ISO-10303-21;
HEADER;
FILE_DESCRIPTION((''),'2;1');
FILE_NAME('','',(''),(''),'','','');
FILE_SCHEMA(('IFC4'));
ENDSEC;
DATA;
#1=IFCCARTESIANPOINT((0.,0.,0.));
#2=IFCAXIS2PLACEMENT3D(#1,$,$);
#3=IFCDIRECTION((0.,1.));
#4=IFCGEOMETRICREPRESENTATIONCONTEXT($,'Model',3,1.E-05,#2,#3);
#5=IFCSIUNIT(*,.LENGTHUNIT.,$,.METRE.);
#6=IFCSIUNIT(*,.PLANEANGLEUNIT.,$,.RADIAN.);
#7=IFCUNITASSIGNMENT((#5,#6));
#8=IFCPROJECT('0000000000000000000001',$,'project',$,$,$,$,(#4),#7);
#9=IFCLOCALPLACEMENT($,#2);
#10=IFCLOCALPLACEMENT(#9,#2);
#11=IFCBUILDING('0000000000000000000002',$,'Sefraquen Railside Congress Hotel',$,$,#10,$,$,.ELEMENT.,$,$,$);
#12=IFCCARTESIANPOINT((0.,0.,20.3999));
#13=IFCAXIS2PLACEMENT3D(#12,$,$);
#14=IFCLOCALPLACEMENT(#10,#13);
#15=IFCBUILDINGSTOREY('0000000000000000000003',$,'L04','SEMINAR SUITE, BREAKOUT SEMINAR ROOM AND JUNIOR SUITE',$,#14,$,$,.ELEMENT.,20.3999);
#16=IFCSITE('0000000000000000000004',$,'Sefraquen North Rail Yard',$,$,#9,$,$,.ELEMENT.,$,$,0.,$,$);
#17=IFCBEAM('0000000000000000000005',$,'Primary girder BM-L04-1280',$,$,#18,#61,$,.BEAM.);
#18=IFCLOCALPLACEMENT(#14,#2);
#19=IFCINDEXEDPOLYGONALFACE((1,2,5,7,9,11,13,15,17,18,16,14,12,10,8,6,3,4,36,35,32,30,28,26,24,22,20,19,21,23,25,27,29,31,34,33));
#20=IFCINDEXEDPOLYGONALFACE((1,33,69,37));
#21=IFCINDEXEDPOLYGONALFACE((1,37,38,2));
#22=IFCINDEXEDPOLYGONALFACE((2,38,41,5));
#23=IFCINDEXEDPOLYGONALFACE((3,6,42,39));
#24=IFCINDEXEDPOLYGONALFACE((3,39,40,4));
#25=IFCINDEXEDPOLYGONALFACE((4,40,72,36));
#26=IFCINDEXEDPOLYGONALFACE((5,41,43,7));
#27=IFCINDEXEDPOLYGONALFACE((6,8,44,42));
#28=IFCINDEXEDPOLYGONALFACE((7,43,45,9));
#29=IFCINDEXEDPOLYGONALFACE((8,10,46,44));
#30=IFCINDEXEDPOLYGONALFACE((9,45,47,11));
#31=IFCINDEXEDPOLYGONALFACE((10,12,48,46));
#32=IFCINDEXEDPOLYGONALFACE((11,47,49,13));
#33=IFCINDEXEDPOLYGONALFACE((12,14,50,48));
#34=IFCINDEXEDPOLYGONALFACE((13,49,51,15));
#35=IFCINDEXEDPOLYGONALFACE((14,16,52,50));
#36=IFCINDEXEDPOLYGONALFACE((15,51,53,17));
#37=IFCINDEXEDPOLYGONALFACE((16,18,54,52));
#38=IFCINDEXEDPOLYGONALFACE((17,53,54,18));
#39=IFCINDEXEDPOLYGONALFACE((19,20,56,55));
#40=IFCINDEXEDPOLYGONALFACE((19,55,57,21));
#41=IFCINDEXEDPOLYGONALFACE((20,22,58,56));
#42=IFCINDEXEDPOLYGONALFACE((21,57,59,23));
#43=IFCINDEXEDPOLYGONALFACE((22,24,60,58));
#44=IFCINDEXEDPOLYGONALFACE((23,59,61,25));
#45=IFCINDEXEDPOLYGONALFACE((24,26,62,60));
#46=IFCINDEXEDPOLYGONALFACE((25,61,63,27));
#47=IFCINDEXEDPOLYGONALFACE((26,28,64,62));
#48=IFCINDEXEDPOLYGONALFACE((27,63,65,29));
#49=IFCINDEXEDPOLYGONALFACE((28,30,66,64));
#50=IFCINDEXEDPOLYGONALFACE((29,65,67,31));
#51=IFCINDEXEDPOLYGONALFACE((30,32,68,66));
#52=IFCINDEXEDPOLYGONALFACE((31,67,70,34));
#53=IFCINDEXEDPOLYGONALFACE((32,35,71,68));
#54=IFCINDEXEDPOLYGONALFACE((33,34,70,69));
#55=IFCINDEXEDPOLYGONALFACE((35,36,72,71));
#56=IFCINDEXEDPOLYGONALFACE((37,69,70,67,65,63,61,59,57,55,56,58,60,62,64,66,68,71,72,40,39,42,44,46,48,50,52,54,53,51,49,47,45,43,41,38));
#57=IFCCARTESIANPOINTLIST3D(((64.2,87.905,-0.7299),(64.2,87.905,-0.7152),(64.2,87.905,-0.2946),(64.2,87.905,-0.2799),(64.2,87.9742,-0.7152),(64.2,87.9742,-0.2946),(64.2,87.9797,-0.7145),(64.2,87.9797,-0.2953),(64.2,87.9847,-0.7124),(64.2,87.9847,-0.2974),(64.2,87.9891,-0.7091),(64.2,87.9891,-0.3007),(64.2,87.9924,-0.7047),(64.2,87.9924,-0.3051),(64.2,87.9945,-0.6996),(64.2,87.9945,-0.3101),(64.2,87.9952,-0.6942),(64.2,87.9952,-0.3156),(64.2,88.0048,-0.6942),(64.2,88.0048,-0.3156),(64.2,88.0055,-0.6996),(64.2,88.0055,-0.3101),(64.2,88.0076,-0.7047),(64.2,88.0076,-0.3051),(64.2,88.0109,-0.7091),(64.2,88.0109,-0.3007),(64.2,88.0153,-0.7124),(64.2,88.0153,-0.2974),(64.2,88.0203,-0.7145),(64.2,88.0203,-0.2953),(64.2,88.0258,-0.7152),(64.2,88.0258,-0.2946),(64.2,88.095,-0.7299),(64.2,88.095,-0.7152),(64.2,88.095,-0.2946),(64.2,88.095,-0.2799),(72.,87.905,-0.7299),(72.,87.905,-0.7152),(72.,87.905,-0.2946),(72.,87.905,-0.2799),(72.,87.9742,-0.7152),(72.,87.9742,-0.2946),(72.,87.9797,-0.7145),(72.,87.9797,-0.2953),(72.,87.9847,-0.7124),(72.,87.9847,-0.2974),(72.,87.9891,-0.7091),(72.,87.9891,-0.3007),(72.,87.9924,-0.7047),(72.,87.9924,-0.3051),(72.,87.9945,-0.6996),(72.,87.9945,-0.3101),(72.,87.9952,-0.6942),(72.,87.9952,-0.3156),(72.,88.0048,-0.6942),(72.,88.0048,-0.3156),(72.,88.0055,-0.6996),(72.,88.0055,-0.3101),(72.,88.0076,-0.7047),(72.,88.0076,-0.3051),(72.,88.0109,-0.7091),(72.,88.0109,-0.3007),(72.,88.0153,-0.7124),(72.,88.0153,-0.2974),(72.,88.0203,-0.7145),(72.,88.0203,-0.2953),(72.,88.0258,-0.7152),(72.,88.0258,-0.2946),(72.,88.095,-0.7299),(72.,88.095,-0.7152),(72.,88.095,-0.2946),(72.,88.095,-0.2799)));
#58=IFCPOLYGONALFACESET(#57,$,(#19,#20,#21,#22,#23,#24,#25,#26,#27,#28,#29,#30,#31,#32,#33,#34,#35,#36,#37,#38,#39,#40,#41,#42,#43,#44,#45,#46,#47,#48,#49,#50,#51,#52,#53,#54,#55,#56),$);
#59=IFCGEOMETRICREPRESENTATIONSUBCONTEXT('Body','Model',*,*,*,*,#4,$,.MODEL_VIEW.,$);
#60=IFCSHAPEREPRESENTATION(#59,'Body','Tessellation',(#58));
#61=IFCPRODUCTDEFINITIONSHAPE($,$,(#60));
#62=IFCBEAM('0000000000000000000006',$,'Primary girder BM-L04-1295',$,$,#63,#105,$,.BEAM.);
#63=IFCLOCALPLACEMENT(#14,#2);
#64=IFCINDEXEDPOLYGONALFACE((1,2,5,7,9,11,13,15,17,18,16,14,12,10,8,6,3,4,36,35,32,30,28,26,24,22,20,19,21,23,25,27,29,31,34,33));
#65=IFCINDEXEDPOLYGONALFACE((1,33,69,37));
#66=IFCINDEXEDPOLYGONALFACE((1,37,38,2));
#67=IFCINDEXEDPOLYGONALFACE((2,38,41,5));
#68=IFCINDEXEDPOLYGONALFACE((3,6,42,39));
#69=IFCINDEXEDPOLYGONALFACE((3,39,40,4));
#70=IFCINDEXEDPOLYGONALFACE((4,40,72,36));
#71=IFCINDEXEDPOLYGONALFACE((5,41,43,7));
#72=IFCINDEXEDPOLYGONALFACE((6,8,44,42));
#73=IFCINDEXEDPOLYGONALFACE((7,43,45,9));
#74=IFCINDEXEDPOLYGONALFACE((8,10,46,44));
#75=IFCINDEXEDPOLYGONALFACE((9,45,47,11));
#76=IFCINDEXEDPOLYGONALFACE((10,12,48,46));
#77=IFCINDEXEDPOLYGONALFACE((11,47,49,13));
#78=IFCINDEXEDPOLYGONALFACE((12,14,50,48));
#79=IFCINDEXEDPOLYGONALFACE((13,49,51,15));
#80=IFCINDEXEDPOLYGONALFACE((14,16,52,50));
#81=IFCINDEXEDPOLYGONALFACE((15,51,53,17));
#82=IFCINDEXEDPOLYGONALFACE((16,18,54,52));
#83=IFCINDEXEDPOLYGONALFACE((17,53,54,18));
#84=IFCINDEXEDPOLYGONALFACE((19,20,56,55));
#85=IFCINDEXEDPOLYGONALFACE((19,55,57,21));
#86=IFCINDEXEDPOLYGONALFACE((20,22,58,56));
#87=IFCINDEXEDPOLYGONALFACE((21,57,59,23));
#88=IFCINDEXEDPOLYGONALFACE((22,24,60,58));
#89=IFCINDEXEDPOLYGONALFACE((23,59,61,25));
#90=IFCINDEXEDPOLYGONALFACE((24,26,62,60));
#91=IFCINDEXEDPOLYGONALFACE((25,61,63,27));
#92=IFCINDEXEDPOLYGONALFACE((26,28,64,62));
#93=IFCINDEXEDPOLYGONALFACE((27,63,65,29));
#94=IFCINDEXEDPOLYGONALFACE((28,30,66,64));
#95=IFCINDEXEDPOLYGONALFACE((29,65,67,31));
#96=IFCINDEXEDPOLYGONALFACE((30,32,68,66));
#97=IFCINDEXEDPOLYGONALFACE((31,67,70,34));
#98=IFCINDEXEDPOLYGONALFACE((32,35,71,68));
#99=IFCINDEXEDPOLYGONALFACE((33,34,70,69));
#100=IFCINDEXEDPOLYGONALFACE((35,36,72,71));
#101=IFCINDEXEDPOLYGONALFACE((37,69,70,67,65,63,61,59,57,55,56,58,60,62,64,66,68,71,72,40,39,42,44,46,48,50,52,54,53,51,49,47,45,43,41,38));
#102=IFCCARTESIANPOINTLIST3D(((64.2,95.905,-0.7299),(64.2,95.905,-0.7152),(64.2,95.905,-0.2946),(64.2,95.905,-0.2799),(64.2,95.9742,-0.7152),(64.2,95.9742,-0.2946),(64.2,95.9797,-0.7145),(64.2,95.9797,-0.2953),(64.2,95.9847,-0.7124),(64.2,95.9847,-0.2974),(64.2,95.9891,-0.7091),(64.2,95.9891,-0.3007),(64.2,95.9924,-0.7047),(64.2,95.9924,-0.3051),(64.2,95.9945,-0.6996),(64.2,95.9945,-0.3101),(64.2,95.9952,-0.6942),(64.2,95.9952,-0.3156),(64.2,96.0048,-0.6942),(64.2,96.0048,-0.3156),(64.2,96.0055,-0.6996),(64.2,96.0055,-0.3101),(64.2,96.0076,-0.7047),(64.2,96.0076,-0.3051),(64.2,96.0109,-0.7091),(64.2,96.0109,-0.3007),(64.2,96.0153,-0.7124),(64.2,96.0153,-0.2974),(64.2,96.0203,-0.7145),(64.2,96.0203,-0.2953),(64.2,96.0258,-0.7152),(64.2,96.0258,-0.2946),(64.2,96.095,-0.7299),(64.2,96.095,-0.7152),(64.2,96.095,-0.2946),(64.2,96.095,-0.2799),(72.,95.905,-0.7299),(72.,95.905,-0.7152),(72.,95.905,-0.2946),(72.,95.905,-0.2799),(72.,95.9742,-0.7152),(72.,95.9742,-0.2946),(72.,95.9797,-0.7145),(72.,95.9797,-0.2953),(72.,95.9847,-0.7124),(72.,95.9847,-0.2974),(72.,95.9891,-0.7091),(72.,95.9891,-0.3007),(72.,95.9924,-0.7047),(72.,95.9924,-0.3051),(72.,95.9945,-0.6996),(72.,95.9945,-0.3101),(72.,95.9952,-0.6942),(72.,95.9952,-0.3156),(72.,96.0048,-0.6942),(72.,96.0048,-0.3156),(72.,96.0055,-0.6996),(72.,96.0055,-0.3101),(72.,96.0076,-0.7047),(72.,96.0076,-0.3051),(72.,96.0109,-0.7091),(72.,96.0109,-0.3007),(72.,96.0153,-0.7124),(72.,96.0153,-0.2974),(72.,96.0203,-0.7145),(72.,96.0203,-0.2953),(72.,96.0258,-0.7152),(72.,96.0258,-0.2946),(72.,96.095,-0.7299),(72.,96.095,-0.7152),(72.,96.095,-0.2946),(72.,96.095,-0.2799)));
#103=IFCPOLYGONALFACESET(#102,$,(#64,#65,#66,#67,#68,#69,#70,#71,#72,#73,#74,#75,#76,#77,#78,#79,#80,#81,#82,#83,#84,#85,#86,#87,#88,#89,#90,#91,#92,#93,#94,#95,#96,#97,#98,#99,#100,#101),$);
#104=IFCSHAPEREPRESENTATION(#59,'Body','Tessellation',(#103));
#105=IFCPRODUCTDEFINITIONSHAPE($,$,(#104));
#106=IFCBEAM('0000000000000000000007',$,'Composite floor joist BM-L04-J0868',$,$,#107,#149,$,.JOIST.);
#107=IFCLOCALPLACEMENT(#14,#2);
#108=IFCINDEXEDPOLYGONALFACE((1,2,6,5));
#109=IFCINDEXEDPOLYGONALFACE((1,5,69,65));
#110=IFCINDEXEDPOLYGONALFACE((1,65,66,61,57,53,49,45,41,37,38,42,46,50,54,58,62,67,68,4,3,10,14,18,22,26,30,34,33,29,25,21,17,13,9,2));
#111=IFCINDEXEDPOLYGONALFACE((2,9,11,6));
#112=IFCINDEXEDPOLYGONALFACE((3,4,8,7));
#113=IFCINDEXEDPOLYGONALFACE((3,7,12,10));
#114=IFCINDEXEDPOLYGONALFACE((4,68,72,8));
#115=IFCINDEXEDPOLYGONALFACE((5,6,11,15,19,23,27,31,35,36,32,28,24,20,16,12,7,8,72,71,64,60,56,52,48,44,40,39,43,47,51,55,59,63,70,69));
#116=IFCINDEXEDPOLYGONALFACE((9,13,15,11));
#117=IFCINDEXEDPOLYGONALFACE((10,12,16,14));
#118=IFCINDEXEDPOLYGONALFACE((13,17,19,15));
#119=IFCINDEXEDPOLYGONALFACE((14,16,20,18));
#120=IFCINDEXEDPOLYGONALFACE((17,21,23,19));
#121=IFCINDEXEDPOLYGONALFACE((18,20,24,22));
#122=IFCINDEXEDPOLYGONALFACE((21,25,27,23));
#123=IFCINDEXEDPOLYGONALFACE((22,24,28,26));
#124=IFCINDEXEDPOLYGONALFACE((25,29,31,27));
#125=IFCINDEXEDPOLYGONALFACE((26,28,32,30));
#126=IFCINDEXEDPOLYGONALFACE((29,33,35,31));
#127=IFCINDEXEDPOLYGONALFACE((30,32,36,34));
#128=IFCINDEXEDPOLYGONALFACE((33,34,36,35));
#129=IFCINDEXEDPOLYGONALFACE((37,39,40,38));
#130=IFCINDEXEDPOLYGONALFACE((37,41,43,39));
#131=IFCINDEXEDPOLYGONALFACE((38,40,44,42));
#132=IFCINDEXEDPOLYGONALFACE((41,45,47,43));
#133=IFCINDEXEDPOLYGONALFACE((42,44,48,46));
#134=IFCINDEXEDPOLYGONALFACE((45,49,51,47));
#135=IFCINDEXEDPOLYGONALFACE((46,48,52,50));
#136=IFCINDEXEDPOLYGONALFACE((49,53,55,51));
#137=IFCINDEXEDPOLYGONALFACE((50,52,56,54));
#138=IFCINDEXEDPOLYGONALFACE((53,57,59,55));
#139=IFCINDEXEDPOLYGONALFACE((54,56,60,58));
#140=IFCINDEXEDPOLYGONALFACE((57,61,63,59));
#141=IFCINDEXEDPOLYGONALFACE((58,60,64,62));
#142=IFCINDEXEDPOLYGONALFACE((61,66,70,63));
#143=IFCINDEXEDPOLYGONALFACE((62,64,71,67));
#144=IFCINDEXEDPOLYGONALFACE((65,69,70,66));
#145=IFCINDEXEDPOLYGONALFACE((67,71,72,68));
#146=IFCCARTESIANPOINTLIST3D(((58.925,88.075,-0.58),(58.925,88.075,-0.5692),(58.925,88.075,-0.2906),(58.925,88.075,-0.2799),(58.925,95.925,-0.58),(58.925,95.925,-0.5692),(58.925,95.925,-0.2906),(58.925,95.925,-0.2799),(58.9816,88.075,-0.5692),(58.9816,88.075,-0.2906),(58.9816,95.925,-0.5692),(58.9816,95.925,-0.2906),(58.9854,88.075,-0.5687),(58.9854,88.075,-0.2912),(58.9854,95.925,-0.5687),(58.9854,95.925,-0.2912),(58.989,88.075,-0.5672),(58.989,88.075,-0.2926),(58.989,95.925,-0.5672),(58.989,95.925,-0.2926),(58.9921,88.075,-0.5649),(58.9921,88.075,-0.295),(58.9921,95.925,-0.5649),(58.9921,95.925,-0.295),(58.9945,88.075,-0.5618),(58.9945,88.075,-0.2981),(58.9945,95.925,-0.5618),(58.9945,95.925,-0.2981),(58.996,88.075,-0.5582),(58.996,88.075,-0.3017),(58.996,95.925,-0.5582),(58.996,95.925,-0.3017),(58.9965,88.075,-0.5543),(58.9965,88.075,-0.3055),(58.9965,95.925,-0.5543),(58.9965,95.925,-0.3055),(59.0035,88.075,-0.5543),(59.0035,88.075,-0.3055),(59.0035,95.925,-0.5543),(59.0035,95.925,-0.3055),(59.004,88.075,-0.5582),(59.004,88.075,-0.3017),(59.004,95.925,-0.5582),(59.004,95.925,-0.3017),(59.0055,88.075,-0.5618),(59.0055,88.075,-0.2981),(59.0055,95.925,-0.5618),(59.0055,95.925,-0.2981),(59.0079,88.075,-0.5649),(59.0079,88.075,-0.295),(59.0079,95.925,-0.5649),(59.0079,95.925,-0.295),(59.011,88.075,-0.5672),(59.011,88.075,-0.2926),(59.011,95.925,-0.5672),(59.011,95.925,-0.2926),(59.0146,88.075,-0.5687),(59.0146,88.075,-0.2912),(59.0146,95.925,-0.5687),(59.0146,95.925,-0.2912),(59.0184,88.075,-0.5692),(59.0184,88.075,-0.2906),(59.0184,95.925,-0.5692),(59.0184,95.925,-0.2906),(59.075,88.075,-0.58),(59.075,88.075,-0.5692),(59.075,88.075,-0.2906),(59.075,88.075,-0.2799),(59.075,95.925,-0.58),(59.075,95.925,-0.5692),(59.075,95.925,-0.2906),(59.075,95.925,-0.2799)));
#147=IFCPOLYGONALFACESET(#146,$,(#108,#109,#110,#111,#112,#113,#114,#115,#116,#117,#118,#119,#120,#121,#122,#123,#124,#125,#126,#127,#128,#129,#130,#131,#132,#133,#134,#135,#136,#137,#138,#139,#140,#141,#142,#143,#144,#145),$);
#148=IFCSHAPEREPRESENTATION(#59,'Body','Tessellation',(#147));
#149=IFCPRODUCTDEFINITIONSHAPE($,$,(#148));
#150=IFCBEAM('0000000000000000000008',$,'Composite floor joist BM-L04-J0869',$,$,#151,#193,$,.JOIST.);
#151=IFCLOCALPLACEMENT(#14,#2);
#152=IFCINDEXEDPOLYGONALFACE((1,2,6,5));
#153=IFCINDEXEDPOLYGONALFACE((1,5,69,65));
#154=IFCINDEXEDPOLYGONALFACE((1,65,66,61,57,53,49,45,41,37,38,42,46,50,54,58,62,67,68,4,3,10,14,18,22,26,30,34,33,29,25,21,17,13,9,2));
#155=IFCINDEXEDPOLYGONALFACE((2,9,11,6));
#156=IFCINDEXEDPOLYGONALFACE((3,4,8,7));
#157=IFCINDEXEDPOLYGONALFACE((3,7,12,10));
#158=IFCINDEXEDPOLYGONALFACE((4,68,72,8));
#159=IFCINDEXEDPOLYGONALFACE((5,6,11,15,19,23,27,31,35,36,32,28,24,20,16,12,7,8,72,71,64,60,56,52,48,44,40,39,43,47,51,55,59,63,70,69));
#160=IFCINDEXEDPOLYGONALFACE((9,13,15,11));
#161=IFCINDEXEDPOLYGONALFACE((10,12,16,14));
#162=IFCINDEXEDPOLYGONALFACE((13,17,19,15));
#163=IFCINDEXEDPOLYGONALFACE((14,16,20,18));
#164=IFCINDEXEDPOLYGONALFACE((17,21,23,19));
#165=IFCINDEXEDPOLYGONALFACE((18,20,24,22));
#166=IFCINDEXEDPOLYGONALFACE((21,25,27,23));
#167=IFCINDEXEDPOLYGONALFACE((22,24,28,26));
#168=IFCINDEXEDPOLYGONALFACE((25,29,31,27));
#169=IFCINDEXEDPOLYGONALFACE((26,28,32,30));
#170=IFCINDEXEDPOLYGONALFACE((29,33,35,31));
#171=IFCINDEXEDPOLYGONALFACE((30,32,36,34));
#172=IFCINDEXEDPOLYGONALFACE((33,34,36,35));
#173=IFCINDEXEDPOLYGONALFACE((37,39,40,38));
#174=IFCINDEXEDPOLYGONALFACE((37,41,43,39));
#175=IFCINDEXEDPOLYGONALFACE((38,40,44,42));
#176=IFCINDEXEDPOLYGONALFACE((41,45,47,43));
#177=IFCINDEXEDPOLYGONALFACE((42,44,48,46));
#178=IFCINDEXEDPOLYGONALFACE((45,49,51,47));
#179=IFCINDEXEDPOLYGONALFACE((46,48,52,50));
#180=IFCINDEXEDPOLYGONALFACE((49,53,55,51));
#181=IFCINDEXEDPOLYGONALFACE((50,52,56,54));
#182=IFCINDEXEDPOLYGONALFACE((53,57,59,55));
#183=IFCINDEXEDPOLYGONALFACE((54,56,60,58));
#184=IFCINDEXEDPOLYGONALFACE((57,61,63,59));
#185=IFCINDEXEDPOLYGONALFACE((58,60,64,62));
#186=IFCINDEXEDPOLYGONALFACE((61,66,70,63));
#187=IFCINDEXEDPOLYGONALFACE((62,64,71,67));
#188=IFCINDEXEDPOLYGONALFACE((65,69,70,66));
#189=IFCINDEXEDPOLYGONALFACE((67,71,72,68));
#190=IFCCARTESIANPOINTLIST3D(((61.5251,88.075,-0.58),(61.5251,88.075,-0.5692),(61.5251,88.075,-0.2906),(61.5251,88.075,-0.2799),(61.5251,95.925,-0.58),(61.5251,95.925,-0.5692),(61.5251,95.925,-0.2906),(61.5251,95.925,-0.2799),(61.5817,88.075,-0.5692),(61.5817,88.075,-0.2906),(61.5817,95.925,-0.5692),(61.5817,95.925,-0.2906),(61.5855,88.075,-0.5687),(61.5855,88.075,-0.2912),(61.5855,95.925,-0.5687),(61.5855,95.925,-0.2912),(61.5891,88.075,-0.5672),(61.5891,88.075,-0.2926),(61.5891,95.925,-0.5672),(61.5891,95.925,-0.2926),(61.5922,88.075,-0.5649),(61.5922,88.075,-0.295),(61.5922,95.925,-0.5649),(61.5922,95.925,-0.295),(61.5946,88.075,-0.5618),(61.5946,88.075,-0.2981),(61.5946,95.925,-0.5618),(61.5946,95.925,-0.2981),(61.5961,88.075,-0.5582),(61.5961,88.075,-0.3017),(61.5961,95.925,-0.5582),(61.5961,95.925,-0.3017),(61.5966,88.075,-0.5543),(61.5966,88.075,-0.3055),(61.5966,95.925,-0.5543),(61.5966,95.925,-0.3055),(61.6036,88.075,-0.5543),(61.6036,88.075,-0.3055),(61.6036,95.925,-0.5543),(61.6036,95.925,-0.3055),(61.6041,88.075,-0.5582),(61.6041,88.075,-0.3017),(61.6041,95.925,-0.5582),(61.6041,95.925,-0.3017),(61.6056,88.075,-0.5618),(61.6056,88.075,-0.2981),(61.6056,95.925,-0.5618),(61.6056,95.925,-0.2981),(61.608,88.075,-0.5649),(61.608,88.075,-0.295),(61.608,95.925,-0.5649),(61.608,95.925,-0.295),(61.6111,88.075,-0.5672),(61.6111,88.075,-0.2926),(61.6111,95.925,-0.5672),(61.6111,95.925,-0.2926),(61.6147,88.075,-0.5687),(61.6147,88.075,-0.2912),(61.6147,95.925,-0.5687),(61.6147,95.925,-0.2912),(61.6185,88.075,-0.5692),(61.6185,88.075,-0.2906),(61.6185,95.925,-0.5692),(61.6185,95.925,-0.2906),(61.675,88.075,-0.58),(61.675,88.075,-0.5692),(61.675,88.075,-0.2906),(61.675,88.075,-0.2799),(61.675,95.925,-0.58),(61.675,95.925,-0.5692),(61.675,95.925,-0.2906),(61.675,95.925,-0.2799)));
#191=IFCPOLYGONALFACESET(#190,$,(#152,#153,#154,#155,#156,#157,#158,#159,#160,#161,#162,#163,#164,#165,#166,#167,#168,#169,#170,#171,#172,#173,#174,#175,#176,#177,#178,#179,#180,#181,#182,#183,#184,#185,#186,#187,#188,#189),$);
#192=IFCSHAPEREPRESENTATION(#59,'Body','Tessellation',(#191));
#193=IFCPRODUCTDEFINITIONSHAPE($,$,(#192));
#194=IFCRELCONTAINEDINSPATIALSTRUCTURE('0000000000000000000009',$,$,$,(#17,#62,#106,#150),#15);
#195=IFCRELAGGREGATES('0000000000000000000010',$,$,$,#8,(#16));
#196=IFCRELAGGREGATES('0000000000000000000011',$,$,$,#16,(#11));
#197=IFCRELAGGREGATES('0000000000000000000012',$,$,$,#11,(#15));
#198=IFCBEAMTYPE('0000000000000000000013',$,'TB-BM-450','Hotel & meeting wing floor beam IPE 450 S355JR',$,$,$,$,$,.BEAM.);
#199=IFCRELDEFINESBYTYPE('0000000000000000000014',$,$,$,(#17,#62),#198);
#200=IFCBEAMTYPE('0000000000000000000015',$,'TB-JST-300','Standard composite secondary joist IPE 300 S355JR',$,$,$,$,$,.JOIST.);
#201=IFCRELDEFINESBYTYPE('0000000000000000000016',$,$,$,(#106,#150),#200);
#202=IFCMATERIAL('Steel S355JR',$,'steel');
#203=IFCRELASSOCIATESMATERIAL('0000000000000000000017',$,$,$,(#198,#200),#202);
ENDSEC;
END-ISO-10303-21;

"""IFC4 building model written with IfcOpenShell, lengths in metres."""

from ifc_helpers import new_model, si_unit, direction, frame, origin, origin_2d, place, context, subcontext, project, spatial, i_section, extrude, material, material_profile, profile_set, type_object, element, save


model = new_model("IFC4")

# Units and contexts
model_context = context("Model", 3, precision=1e-05, world=origin(), true_north=direction((0.0, 1.0)))
body_context = subcontext(model_context, "Body", "Model", "MODEL_VIEW")
ifc_project = project(units=[si_unit("LENGTHUNIT", "METRE"), si_unit("PLANEANGLEUNIT", "RADIAN")], contexts=[model_context])

# Site, building, storey
site_placement = place(None, origin())
site = spatial("IfcSite", under=ifc_project, at=site_placement, Name="Sefraquen North Rail Yard", CompositionType="ELEMENT", RefElevation=0.0)
building_placement = place(site_placement, origin())
building = spatial("IfcBuilding", under=site, at=building_placement, Name="Sefraquen Railside Congress Hotel", CompositionType="ELEMENT")
storey_placement = place(building_placement, frame((0.0, 0.0, 20.3999)))
storey = spatial("IfcBuildingStorey", under=building, at=storey_placement, Name="L04", Description="SEMINAR SUITE, BREAKOUT SEMINAR ROOM AND JUNIOR SUITE", CompositionType="ELEMENT", Elevation=20.3999)

# Shared definitions
ifc_material_1 = material(Name="Steel S355JR", Category="steel")

# Beams
ifc_material_profile_1 = material_profile(ifc_material_1, i_section(OverallWidth=0.1899, OverallDepth=0.45, WebThickness=0.0095, FlangeThickness=0.0146, FilletRadius=0.021, at=origin_2d()), Name="IPE 450")
ifc_profile_set_1 = profile_set([ifc_material_profile_1], Name="Steel S355JR")
beam_type_1 = type_object("IfcBeamType", Name="TB-BM-450", Description="Hotel & meeting wing floor beam IPE 450 S355JR", PredefinedType="BEAM", material=ifc_profile_set_1)
for number, where, z_axis, x_axis, name in (
    (1, (64.2, 88.0, -0.5049), (1.0, 0.0, 0.0), (0.0, 1.0, 0.0), "Primary girder BM-L04-1280"),
    (2, (64.2, 96.0, -0.5049), (1.0, 0.0, 0.0), (0.0, 1.0, 0.0), "Primary girder BM-L04-1295"),
):
    element("IfcBeam", number, at=place(storey_placement, frame(where, z_axis=z_axis, x_axis=x_axis)), inside=storey, type_object=beam_type_1, Name=name, PredefinedType="BEAM", context=body_context, shape_type="SweptSolid", body=[
        extrude(i_section(OverallWidth=0.1899, OverallDepth=0.45, WebThickness=0.0095, FlangeThickness=0.0146, FilletRadius=0.021, at=origin_2d()), origin(), (0.0, 0.0, 1.0), 7.8),
    ])
ifc_material_profile_2 = material_profile(ifc_material_1, i_section(OverallWidth=0.1499, OverallDepth=0.3, WebThickness=0.0071, FlangeThickness=0.0107, FilletRadius=0.0149, at=origin_2d()), Name="IPE 300")
ifc_profile_set_2 = profile_set([ifc_material_profile_2], Name="Steel S355JR")
beam_type_2 = type_object("IfcBeamType", Name="TB-JST-300", Description="Standard composite secondary joist IPE 300 S355JR", PredefinedType="JOIST", material=ifc_profile_set_2)
for number, where, z_axis, x_axis, name in (
    (3, (59.0, 88.075, -0.4299), (0.0, 1.0, 0.0), (-1.0, 0.0, 0.0), "Composite floor joist BM-L04-J0868"),
    (4, (61.6001, 88.075, -0.4299), (0.0, 1.0, 0.0), (-1.0, 0.0, 0.0), "Composite floor joist BM-L04-J0869"),
):
    element("IfcBeam", number, at=place(storey_placement, frame(where, z_axis=z_axis, x_axis=x_axis)), inside=storey, type_object=beam_type_2, Name=name, PredefinedType="JOIST", context=body_context, shape_type="SweptSolid", body=[
        extrude(i_section(OverallWidth=0.1499, OverallDepth=0.3, WebThickness=0.0071, FlangeThickness=0.0107, FilletRadius=0.0149, at=origin_2d()), origin(), (0.0, 0.0, 1.0), 7.8501),
    ])

save(model, "model.ifc")
